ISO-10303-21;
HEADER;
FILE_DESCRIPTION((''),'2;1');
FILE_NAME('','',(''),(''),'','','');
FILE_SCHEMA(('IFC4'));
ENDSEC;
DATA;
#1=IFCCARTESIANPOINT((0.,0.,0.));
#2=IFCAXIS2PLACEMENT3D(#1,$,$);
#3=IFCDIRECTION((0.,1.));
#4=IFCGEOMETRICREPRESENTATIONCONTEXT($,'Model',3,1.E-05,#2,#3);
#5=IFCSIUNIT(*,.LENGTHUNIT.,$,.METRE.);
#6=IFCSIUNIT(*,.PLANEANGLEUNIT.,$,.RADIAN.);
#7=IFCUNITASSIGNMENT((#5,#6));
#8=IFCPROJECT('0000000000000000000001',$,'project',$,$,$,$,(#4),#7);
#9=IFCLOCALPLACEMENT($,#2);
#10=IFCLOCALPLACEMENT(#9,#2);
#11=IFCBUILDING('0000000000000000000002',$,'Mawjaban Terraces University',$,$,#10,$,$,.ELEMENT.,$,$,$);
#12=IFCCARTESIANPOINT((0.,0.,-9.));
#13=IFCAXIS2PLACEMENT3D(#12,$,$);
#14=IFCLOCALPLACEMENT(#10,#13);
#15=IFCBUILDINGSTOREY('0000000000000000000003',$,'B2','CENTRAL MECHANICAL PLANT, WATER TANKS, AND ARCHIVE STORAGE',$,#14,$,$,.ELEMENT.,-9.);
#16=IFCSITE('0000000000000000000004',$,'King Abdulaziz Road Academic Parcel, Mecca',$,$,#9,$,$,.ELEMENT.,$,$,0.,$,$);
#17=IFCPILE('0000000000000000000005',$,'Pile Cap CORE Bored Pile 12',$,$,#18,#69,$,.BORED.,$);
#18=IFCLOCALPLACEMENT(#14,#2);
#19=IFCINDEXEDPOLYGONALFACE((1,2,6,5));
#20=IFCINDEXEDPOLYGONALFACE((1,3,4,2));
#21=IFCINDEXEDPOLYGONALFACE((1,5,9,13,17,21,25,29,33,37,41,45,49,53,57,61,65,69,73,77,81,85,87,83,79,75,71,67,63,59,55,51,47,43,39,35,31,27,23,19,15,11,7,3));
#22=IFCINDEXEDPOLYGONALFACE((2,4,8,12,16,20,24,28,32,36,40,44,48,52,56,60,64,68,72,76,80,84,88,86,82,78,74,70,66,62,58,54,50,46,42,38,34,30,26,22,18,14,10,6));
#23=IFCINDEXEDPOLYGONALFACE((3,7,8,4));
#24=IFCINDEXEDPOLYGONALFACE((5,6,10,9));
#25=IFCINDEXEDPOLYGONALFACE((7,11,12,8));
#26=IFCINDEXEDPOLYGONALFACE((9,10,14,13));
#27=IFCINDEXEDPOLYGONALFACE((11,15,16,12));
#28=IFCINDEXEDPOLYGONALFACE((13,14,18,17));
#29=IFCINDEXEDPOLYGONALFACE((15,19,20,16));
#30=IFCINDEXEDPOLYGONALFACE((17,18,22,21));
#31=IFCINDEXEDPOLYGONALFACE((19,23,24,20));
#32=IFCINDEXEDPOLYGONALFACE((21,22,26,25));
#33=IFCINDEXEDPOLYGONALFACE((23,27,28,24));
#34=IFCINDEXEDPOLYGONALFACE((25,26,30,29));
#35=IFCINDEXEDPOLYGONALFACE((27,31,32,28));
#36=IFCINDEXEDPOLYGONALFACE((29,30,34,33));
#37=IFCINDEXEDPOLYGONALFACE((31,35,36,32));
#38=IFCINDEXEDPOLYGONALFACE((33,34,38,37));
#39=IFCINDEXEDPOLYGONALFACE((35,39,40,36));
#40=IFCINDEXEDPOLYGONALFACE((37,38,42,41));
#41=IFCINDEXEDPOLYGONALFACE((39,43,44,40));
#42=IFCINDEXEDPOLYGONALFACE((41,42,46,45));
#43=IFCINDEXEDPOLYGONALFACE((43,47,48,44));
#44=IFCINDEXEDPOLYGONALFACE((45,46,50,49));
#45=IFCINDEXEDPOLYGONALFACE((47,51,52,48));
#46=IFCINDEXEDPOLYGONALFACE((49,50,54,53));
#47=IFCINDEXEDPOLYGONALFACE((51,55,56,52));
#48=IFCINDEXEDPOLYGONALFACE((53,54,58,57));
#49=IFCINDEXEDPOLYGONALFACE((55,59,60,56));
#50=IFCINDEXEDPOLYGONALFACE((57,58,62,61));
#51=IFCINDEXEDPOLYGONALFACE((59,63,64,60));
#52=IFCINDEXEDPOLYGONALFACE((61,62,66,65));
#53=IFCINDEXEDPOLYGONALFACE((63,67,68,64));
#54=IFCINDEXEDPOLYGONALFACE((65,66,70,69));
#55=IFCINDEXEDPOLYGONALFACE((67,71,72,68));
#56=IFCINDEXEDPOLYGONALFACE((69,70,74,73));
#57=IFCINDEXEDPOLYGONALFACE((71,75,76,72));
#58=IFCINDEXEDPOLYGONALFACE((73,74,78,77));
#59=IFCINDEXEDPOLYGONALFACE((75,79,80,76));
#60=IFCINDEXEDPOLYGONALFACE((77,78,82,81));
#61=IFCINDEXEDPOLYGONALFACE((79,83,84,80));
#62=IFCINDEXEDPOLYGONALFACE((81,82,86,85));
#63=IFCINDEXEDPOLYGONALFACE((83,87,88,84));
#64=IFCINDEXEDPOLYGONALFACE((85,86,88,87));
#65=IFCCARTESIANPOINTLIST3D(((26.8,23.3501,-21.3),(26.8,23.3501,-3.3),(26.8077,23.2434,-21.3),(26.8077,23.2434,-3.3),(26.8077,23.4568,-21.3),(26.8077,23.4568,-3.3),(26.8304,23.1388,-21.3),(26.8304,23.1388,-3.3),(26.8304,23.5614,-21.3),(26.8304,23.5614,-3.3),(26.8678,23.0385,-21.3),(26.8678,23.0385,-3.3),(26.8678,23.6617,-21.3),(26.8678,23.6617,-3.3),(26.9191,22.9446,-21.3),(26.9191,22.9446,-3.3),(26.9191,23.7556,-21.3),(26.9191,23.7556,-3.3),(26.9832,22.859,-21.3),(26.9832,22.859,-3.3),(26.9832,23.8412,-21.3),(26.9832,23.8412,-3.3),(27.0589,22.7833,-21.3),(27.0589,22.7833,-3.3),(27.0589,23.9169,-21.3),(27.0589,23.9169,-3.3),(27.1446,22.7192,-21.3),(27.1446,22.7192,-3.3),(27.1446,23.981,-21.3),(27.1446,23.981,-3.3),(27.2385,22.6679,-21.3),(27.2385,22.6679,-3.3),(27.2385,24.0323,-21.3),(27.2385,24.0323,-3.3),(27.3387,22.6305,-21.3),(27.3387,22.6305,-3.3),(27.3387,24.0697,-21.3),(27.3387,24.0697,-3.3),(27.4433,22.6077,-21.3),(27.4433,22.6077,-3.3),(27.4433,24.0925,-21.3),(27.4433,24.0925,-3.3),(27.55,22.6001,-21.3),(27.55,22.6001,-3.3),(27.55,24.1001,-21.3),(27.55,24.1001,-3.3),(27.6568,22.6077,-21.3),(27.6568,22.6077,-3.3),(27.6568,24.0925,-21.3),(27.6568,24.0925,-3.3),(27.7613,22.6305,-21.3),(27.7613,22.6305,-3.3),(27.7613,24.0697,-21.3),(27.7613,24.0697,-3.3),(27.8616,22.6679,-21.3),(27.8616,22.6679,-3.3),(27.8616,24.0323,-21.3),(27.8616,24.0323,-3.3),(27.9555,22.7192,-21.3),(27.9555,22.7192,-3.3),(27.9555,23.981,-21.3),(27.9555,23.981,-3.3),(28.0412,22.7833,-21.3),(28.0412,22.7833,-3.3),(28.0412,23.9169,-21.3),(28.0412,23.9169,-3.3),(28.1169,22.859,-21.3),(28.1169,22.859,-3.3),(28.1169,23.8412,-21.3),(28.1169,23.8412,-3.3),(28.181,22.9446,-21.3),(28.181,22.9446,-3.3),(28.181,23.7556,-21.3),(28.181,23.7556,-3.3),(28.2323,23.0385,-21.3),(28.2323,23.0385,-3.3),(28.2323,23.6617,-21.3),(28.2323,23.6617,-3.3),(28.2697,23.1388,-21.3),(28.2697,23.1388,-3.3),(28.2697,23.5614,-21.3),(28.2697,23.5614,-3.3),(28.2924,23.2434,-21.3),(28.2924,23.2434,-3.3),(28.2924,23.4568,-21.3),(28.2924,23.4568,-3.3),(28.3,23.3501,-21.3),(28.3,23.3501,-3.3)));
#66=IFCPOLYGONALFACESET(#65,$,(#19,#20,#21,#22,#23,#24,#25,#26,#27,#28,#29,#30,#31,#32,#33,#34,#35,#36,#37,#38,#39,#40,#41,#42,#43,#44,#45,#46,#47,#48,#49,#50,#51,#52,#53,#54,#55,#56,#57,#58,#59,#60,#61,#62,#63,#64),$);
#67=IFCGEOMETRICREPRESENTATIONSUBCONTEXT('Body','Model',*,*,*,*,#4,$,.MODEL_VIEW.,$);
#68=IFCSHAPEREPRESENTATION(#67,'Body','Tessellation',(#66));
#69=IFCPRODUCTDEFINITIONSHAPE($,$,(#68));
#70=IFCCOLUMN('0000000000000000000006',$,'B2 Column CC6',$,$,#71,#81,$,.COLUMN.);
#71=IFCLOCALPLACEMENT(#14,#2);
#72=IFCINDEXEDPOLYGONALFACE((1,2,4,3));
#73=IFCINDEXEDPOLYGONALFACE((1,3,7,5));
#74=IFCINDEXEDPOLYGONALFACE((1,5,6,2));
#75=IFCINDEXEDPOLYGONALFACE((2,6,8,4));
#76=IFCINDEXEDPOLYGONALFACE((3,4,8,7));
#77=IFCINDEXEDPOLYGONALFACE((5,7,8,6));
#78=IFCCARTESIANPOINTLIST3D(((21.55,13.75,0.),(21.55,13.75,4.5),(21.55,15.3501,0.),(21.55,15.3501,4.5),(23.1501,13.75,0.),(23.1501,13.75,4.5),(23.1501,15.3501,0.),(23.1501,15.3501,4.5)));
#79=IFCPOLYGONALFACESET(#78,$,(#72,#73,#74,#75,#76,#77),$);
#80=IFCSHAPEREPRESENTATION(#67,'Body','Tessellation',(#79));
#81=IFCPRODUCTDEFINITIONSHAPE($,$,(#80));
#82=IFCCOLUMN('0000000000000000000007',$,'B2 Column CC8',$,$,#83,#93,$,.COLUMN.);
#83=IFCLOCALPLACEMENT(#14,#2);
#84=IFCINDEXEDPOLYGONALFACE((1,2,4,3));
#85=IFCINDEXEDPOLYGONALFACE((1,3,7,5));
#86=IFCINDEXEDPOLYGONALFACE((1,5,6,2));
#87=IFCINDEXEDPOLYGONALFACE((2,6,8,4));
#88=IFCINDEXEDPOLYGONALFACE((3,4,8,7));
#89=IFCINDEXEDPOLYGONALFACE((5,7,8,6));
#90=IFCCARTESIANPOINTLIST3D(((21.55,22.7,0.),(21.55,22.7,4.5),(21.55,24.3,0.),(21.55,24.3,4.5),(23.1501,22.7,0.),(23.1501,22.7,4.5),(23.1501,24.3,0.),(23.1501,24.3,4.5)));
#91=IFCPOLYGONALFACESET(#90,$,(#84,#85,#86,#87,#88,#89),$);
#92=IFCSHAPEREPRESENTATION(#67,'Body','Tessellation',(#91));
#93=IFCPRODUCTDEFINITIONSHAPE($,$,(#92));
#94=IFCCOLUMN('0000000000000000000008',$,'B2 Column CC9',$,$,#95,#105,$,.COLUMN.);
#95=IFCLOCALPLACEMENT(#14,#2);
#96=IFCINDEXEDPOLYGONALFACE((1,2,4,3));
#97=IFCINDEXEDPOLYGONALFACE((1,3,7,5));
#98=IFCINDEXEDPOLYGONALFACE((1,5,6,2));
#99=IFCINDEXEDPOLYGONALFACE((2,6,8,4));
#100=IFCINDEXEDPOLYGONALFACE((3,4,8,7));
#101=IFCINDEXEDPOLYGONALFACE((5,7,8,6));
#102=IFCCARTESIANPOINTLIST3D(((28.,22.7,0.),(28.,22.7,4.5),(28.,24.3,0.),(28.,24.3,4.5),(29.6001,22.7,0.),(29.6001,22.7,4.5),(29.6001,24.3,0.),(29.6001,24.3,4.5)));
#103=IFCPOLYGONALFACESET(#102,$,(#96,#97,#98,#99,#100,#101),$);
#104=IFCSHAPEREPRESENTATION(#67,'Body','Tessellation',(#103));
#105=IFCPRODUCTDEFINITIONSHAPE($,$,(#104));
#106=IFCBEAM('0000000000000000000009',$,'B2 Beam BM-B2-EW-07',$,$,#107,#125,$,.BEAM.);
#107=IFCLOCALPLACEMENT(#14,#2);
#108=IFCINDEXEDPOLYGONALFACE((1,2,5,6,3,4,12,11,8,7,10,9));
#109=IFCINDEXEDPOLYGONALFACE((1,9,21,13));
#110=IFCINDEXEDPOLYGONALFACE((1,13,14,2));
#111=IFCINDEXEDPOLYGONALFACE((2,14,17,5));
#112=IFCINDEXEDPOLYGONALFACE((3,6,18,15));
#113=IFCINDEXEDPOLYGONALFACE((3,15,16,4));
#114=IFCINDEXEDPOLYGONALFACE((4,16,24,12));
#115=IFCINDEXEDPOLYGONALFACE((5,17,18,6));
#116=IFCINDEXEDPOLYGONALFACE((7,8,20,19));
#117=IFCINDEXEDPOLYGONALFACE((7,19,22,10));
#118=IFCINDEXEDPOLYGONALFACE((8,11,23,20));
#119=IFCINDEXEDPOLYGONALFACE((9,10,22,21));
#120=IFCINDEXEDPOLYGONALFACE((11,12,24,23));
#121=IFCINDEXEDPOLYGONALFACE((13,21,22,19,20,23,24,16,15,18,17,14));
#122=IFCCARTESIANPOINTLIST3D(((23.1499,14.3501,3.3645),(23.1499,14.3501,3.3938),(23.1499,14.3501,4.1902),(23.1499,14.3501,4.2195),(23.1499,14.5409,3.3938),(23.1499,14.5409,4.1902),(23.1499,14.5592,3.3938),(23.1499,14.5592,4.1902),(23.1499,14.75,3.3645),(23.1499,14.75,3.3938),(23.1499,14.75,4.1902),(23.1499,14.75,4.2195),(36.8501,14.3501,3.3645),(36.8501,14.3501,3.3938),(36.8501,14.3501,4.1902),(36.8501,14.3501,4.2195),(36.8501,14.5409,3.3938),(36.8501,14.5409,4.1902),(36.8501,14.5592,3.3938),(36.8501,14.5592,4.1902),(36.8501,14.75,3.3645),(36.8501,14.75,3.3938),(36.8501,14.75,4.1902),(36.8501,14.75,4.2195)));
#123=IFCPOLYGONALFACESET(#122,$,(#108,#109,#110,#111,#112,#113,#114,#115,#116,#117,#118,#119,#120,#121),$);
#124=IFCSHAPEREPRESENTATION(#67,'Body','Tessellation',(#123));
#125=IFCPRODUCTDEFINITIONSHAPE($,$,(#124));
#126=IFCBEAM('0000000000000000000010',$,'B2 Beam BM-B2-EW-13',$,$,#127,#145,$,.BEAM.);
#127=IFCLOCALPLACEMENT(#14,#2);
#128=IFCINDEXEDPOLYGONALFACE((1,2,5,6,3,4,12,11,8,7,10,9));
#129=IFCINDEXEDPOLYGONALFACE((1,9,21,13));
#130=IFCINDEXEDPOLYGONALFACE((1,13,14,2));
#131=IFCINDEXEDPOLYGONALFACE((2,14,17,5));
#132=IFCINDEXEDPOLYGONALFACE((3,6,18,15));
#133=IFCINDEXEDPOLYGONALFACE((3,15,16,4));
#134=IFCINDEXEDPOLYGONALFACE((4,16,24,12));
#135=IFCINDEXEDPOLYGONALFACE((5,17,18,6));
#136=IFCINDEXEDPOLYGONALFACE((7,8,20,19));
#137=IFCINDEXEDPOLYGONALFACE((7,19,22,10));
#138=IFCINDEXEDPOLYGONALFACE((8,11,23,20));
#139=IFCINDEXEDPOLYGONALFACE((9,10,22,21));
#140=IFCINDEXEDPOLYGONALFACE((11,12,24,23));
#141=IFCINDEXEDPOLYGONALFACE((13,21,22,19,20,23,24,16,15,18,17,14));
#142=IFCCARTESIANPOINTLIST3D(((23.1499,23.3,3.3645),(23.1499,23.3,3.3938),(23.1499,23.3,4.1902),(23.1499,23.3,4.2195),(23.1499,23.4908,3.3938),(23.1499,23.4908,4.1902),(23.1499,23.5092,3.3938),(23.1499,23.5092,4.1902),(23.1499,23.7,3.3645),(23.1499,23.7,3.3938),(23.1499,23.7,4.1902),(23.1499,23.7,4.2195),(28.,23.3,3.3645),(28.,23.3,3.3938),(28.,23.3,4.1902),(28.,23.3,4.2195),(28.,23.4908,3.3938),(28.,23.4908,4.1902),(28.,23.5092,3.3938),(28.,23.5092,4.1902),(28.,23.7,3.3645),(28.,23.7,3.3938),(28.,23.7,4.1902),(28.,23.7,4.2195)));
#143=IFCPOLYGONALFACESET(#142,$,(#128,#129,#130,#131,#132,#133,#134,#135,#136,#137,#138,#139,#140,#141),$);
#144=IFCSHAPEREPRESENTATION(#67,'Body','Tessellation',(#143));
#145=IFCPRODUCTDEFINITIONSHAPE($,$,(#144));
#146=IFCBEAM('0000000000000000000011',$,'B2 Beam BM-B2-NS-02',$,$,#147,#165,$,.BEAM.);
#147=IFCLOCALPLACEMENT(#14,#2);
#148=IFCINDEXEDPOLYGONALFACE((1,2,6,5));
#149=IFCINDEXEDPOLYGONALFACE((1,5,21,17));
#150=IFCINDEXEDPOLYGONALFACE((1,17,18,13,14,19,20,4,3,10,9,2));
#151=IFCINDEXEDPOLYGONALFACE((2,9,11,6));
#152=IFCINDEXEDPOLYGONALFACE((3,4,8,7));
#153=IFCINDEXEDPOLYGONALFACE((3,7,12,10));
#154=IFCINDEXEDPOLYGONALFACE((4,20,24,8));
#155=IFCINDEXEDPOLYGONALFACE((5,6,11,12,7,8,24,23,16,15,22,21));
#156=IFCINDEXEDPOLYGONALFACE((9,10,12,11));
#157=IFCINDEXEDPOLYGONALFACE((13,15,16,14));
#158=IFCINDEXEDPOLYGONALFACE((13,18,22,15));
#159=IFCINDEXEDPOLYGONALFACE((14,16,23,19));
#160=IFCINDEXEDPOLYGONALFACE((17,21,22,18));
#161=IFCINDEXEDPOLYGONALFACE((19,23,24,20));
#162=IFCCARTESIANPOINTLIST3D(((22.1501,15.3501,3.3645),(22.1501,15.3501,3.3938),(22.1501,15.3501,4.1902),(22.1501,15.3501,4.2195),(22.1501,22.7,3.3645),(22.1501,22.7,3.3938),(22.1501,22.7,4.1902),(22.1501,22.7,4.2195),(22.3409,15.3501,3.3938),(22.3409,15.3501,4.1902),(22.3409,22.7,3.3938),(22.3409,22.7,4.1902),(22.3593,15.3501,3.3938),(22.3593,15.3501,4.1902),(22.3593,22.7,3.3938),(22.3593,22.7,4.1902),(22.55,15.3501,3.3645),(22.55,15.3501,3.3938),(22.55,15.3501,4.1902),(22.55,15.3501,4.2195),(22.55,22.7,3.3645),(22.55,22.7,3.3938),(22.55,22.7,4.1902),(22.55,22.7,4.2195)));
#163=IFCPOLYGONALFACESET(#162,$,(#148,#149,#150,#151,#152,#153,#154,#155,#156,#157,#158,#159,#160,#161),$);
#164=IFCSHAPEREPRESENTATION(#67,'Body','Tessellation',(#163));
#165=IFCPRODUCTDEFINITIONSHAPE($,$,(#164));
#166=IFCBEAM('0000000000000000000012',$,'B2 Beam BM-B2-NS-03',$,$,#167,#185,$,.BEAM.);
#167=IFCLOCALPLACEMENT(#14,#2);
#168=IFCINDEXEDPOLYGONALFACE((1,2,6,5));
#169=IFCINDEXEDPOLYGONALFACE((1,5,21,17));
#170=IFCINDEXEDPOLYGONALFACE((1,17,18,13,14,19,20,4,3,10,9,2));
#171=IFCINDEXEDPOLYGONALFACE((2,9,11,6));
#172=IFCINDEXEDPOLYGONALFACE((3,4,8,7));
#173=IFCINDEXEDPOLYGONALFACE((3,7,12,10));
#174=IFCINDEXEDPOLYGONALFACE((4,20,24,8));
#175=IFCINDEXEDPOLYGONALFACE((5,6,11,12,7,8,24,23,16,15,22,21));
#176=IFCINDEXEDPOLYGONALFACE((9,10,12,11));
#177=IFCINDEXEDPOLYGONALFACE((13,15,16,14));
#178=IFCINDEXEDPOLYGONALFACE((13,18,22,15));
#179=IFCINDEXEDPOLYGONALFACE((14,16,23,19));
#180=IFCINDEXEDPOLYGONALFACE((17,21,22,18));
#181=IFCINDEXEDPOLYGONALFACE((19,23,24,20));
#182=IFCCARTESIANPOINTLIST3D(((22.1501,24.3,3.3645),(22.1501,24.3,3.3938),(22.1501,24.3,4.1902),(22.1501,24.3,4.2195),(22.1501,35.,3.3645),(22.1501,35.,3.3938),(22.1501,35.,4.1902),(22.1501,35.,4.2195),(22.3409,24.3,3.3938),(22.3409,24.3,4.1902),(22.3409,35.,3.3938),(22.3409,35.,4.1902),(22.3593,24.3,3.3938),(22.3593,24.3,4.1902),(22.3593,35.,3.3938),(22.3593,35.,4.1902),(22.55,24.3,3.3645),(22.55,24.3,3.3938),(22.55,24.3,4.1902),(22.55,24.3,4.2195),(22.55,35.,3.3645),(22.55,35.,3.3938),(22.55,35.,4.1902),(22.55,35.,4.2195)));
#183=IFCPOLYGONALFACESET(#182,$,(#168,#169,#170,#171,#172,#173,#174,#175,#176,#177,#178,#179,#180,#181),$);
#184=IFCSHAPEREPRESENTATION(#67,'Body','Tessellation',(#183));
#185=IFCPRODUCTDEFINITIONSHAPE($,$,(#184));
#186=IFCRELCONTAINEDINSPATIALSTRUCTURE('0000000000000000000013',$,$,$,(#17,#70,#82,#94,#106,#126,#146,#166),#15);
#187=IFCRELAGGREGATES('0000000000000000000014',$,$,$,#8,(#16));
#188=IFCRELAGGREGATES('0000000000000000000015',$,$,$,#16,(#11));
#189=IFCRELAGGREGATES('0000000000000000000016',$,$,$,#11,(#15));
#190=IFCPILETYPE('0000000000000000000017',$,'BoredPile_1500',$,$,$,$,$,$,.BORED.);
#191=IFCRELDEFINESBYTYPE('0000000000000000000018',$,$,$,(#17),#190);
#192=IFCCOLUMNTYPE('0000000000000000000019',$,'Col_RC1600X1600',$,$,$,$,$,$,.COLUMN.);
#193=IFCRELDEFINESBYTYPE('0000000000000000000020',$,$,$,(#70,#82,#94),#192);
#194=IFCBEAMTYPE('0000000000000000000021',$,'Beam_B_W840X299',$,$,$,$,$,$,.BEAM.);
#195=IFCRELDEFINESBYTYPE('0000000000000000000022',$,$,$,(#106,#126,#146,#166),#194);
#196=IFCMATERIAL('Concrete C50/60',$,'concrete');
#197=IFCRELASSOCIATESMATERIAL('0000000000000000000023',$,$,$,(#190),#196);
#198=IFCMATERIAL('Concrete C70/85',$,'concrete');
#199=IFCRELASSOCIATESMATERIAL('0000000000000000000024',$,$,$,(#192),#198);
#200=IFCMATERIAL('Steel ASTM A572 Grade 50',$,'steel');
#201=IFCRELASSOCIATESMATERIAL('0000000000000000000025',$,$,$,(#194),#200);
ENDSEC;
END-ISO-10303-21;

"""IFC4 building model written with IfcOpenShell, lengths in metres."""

from ifc_helpers import new_model, si_unit, direction, frame, origin, origin_2d, place, context, subcontext, project, spatial, rectangle, circle, i_section, extrude, material, material_profile, profile_set, type_object, element, save


model = new_model("IFC4")

# Units and contexts
model_context = context("Model", 3, precision=1e-05, world=origin(), true_north=direction((0.0, 1.0)))
body_context = subcontext(model_context, "Body", "Model", "MODEL_VIEW")
ifc_project = project(units=[si_unit("LENGTHUNIT", "METRE"), si_unit("PLANEANGLEUNIT", "RADIAN")], contexts=[model_context])

# Site, building, storey
site_placement = place(None, origin())
site = spatial("IfcSite", under=ifc_project, at=site_placement, Name="King Abdulaziz Road Academic Parcel, Mecca", CompositionType="ELEMENT", RefElevation=0.0)
building_placement = place(site_placement, origin())
building = spatial("IfcBuilding", under=site, at=building_placement, Name="Mawjaban Terraces University", CompositionType="ELEMENT")
storey_placement = place(building_placement, frame((0.0, 0.0, -9.0)))
storey = spatial("IfcBuildingStorey", under=building, at=storey_placement, Name="B2", Description="CENTRAL MECHANICAL PLANT, WATER TANKS, AND ARCHIVE STORAGE", CompositionType="ELEMENT", Elevation=-9.0)

# Pile
ifc_material_1 = material(Name="Concrete C50/60", Category="concrete")
ifc_material_profile_1 = material_profile(ifc_material_1, circle(Radius=0.75, at=origin_2d()), Name="PILE1500")
ifc_profile_set_1 = profile_set([ifc_material_profile_1], Name="Concrete C50/60")
pile_type = type_object("IfcPileType", Name="BoredPile_1500", PredefinedType="BORED", material=ifc_profile_set_1)
for number, where, z_axis, x_axis, name in (
    (1, (27.55, 23.3501, -3.3), (0.0, 0.0, -1.0), (1.0, 0.0, 0.0), "Pile Cap CORE Bored Pile 12"),
):
    element("IfcPile", number, at=place(storey_placement, frame(where, z_axis=z_axis, x_axis=x_axis)), inside=storey, type_object=pile_type, Name=name, PredefinedType="BORED", context=body_context, shape_type="SweptSolid", body=[
        extrude(circle(Radius=0.75, at=origin_2d()), origin(), (0.0, 0.0, 1.0), 18.0),
    ])

# Columns
ifc_material_2 = material(Name="Concrete C70/85", Category="concrete")
ifc_material_profile_2 = material_profile(ifc_material_2, rectangle(XDim=1.6001, YDim=1.6001, at=origin_2d()), Name="RC1600X1600")
ifc_profile_set_2 = profile_set([ifc_material_profile_2], Name="Concrete C70/85")
column_type = type_object("IfcColumnType", Name="Col_RC1600X1600", PredefinedType="COLUMN", material=ifc_profile_set_2)
for number, where, z_axis, x_axis, name in (
    (2, (22.3501, 14.55, 0.0), (0.0, 0.0, 1.0), (1.0, 0.0, 0.0), "B2 Column CC6"),
    (3, (22.3501, 23.5, 0.0), (0.0, 0.0, 1.0), (1.0, 0.0, 0.0), "B2 Column CC8"),
    (4, (28.8, 23.5, 0.0), (0.0, 0.0, 1.0), (1.0, 0.0, 0.0), "B2 Column CC9"),
):
    element("IfcColumn", number, at=place(storey_placement, frame(where, z_axis=z_axis, x_axis=x_axis)), inside=storey, type_object=column_type, Name=name, PredefinedType="COLUMN", context=body_context, shape_type="SweptSolid", body=[
        extrude(rectangle(XDim=1.6001, YDim=1.6001, at=origin_2d()), origin(), (0.0, 0.0, 1.0), 4.5),
    ])

# Beams
ifc_material_3 = material(Name="Steel ASTM A572 Grade 50", Category="steel")
ifc_material_profile_3 = material_profile(ifc_material_3, i_section(OverallWidth=0.3999, OverallDepth=0.855, WebThickness=0.0183, FlangeThickness=0.0293, at=origin_2d()), Name="W840X299")
ifc_profile_set_3 = profile_set([ifc_material_profile_3], Name="Steel ASTM A572 Grade 50")
beam_type = type_object("IfcBeamType", Name="Beam_B_W840X299", PredefinedType="BEAM", material=ifc_profile_set_3)
beam_1_placement = place(storey_placement, frame((23.1499, 14.55, 3.792), z_axis=(1.0, 0.0, 0.0), x_axis=(0.0, 1.0, 0.0)))
element("IfcBeam", 5, at=beam_1_placement, inside=storey, type_object=beam_type, Name="B2 Beam BM-B2-EW-07", PredefinedType="BEAM", context=body_context, shape_type="SweptSolid", body=[
    extrude(i_section(OverallWidth=0.3999, OverallDepth=0.855, WebThickness=0.0183, FlangeThickness=0.0293, at=origin_2d()), origin(), (0.0, 0.0, 1.0), 13.7002),
])
beam_2_placement = place(storey_placement, frame((23.1499, 23.5, 3.792), z_axis=(1.0, 0.0, 0.0), x_axis=(0.0, 1.0, 0.0)))
element("IfcBeam", 6, at=beam_2_placement, inside=storey, type_object=beam_type, Name="B2 Beam BM-B2-EW-13", PredefinedType="BEAM", context=body_context, shape_type="SweptSolid", body=[
    extrude(i_section(OverallWidth=0.3999, OverallDepth=0.855, WebThickness=0.0183, FlangeThickness=0.0293, at=origin_2d()), origin(), (0.0, 0.0, 1.0), 4.8501),
])
beam_3_placement = place(storey_placement, frame((22.3501, 15.3501, 3.792), z_axis=(0.0, 1.0, 0.0), x_axis=(-1.0, 0.0, 0.0)))
element("IfcBeam", 7, at=beam_3_placement, inside=storey, type_object=beam_type, Name="B2 Beam BM-B2-NS-02", PredefinedType="BEAM", context=body_context, shape_type="SweptSolid", body=[
    extrude(i_section(OverallWidth=0.3999, OverallDepth=0.855, WebThickness=0.0183, FlangeThickness=0.0293, at=origin_2d()), origin(), (0.0, 0.0, 1.0), 7.3499),
])
beam_4_placement = place(storey_placement, frame((22.3501, 24.3, 3.792), z_axis=(0.0, 1.0, 0.0), x_axis=(-1.0, 0.0, 0.0)))
element("IfcBeam", 8, at=beam_4_placement, inside=storey, type_object=beam_type, Name="B2 Beam BM-B2-NS-03", PredefinedType="BEAM", context=body_context, shape_type="SweptSolid", body=[
    extrude(i_section(OverallWidth=0.3999, OverallDepth=0.855, WebThickness=0.0183, FlangeThickness=0.0293, at=origin_2d()), origin(), (0.0, 0.0, 1.0), 10.7),
])

save(model, "model.ifc")
